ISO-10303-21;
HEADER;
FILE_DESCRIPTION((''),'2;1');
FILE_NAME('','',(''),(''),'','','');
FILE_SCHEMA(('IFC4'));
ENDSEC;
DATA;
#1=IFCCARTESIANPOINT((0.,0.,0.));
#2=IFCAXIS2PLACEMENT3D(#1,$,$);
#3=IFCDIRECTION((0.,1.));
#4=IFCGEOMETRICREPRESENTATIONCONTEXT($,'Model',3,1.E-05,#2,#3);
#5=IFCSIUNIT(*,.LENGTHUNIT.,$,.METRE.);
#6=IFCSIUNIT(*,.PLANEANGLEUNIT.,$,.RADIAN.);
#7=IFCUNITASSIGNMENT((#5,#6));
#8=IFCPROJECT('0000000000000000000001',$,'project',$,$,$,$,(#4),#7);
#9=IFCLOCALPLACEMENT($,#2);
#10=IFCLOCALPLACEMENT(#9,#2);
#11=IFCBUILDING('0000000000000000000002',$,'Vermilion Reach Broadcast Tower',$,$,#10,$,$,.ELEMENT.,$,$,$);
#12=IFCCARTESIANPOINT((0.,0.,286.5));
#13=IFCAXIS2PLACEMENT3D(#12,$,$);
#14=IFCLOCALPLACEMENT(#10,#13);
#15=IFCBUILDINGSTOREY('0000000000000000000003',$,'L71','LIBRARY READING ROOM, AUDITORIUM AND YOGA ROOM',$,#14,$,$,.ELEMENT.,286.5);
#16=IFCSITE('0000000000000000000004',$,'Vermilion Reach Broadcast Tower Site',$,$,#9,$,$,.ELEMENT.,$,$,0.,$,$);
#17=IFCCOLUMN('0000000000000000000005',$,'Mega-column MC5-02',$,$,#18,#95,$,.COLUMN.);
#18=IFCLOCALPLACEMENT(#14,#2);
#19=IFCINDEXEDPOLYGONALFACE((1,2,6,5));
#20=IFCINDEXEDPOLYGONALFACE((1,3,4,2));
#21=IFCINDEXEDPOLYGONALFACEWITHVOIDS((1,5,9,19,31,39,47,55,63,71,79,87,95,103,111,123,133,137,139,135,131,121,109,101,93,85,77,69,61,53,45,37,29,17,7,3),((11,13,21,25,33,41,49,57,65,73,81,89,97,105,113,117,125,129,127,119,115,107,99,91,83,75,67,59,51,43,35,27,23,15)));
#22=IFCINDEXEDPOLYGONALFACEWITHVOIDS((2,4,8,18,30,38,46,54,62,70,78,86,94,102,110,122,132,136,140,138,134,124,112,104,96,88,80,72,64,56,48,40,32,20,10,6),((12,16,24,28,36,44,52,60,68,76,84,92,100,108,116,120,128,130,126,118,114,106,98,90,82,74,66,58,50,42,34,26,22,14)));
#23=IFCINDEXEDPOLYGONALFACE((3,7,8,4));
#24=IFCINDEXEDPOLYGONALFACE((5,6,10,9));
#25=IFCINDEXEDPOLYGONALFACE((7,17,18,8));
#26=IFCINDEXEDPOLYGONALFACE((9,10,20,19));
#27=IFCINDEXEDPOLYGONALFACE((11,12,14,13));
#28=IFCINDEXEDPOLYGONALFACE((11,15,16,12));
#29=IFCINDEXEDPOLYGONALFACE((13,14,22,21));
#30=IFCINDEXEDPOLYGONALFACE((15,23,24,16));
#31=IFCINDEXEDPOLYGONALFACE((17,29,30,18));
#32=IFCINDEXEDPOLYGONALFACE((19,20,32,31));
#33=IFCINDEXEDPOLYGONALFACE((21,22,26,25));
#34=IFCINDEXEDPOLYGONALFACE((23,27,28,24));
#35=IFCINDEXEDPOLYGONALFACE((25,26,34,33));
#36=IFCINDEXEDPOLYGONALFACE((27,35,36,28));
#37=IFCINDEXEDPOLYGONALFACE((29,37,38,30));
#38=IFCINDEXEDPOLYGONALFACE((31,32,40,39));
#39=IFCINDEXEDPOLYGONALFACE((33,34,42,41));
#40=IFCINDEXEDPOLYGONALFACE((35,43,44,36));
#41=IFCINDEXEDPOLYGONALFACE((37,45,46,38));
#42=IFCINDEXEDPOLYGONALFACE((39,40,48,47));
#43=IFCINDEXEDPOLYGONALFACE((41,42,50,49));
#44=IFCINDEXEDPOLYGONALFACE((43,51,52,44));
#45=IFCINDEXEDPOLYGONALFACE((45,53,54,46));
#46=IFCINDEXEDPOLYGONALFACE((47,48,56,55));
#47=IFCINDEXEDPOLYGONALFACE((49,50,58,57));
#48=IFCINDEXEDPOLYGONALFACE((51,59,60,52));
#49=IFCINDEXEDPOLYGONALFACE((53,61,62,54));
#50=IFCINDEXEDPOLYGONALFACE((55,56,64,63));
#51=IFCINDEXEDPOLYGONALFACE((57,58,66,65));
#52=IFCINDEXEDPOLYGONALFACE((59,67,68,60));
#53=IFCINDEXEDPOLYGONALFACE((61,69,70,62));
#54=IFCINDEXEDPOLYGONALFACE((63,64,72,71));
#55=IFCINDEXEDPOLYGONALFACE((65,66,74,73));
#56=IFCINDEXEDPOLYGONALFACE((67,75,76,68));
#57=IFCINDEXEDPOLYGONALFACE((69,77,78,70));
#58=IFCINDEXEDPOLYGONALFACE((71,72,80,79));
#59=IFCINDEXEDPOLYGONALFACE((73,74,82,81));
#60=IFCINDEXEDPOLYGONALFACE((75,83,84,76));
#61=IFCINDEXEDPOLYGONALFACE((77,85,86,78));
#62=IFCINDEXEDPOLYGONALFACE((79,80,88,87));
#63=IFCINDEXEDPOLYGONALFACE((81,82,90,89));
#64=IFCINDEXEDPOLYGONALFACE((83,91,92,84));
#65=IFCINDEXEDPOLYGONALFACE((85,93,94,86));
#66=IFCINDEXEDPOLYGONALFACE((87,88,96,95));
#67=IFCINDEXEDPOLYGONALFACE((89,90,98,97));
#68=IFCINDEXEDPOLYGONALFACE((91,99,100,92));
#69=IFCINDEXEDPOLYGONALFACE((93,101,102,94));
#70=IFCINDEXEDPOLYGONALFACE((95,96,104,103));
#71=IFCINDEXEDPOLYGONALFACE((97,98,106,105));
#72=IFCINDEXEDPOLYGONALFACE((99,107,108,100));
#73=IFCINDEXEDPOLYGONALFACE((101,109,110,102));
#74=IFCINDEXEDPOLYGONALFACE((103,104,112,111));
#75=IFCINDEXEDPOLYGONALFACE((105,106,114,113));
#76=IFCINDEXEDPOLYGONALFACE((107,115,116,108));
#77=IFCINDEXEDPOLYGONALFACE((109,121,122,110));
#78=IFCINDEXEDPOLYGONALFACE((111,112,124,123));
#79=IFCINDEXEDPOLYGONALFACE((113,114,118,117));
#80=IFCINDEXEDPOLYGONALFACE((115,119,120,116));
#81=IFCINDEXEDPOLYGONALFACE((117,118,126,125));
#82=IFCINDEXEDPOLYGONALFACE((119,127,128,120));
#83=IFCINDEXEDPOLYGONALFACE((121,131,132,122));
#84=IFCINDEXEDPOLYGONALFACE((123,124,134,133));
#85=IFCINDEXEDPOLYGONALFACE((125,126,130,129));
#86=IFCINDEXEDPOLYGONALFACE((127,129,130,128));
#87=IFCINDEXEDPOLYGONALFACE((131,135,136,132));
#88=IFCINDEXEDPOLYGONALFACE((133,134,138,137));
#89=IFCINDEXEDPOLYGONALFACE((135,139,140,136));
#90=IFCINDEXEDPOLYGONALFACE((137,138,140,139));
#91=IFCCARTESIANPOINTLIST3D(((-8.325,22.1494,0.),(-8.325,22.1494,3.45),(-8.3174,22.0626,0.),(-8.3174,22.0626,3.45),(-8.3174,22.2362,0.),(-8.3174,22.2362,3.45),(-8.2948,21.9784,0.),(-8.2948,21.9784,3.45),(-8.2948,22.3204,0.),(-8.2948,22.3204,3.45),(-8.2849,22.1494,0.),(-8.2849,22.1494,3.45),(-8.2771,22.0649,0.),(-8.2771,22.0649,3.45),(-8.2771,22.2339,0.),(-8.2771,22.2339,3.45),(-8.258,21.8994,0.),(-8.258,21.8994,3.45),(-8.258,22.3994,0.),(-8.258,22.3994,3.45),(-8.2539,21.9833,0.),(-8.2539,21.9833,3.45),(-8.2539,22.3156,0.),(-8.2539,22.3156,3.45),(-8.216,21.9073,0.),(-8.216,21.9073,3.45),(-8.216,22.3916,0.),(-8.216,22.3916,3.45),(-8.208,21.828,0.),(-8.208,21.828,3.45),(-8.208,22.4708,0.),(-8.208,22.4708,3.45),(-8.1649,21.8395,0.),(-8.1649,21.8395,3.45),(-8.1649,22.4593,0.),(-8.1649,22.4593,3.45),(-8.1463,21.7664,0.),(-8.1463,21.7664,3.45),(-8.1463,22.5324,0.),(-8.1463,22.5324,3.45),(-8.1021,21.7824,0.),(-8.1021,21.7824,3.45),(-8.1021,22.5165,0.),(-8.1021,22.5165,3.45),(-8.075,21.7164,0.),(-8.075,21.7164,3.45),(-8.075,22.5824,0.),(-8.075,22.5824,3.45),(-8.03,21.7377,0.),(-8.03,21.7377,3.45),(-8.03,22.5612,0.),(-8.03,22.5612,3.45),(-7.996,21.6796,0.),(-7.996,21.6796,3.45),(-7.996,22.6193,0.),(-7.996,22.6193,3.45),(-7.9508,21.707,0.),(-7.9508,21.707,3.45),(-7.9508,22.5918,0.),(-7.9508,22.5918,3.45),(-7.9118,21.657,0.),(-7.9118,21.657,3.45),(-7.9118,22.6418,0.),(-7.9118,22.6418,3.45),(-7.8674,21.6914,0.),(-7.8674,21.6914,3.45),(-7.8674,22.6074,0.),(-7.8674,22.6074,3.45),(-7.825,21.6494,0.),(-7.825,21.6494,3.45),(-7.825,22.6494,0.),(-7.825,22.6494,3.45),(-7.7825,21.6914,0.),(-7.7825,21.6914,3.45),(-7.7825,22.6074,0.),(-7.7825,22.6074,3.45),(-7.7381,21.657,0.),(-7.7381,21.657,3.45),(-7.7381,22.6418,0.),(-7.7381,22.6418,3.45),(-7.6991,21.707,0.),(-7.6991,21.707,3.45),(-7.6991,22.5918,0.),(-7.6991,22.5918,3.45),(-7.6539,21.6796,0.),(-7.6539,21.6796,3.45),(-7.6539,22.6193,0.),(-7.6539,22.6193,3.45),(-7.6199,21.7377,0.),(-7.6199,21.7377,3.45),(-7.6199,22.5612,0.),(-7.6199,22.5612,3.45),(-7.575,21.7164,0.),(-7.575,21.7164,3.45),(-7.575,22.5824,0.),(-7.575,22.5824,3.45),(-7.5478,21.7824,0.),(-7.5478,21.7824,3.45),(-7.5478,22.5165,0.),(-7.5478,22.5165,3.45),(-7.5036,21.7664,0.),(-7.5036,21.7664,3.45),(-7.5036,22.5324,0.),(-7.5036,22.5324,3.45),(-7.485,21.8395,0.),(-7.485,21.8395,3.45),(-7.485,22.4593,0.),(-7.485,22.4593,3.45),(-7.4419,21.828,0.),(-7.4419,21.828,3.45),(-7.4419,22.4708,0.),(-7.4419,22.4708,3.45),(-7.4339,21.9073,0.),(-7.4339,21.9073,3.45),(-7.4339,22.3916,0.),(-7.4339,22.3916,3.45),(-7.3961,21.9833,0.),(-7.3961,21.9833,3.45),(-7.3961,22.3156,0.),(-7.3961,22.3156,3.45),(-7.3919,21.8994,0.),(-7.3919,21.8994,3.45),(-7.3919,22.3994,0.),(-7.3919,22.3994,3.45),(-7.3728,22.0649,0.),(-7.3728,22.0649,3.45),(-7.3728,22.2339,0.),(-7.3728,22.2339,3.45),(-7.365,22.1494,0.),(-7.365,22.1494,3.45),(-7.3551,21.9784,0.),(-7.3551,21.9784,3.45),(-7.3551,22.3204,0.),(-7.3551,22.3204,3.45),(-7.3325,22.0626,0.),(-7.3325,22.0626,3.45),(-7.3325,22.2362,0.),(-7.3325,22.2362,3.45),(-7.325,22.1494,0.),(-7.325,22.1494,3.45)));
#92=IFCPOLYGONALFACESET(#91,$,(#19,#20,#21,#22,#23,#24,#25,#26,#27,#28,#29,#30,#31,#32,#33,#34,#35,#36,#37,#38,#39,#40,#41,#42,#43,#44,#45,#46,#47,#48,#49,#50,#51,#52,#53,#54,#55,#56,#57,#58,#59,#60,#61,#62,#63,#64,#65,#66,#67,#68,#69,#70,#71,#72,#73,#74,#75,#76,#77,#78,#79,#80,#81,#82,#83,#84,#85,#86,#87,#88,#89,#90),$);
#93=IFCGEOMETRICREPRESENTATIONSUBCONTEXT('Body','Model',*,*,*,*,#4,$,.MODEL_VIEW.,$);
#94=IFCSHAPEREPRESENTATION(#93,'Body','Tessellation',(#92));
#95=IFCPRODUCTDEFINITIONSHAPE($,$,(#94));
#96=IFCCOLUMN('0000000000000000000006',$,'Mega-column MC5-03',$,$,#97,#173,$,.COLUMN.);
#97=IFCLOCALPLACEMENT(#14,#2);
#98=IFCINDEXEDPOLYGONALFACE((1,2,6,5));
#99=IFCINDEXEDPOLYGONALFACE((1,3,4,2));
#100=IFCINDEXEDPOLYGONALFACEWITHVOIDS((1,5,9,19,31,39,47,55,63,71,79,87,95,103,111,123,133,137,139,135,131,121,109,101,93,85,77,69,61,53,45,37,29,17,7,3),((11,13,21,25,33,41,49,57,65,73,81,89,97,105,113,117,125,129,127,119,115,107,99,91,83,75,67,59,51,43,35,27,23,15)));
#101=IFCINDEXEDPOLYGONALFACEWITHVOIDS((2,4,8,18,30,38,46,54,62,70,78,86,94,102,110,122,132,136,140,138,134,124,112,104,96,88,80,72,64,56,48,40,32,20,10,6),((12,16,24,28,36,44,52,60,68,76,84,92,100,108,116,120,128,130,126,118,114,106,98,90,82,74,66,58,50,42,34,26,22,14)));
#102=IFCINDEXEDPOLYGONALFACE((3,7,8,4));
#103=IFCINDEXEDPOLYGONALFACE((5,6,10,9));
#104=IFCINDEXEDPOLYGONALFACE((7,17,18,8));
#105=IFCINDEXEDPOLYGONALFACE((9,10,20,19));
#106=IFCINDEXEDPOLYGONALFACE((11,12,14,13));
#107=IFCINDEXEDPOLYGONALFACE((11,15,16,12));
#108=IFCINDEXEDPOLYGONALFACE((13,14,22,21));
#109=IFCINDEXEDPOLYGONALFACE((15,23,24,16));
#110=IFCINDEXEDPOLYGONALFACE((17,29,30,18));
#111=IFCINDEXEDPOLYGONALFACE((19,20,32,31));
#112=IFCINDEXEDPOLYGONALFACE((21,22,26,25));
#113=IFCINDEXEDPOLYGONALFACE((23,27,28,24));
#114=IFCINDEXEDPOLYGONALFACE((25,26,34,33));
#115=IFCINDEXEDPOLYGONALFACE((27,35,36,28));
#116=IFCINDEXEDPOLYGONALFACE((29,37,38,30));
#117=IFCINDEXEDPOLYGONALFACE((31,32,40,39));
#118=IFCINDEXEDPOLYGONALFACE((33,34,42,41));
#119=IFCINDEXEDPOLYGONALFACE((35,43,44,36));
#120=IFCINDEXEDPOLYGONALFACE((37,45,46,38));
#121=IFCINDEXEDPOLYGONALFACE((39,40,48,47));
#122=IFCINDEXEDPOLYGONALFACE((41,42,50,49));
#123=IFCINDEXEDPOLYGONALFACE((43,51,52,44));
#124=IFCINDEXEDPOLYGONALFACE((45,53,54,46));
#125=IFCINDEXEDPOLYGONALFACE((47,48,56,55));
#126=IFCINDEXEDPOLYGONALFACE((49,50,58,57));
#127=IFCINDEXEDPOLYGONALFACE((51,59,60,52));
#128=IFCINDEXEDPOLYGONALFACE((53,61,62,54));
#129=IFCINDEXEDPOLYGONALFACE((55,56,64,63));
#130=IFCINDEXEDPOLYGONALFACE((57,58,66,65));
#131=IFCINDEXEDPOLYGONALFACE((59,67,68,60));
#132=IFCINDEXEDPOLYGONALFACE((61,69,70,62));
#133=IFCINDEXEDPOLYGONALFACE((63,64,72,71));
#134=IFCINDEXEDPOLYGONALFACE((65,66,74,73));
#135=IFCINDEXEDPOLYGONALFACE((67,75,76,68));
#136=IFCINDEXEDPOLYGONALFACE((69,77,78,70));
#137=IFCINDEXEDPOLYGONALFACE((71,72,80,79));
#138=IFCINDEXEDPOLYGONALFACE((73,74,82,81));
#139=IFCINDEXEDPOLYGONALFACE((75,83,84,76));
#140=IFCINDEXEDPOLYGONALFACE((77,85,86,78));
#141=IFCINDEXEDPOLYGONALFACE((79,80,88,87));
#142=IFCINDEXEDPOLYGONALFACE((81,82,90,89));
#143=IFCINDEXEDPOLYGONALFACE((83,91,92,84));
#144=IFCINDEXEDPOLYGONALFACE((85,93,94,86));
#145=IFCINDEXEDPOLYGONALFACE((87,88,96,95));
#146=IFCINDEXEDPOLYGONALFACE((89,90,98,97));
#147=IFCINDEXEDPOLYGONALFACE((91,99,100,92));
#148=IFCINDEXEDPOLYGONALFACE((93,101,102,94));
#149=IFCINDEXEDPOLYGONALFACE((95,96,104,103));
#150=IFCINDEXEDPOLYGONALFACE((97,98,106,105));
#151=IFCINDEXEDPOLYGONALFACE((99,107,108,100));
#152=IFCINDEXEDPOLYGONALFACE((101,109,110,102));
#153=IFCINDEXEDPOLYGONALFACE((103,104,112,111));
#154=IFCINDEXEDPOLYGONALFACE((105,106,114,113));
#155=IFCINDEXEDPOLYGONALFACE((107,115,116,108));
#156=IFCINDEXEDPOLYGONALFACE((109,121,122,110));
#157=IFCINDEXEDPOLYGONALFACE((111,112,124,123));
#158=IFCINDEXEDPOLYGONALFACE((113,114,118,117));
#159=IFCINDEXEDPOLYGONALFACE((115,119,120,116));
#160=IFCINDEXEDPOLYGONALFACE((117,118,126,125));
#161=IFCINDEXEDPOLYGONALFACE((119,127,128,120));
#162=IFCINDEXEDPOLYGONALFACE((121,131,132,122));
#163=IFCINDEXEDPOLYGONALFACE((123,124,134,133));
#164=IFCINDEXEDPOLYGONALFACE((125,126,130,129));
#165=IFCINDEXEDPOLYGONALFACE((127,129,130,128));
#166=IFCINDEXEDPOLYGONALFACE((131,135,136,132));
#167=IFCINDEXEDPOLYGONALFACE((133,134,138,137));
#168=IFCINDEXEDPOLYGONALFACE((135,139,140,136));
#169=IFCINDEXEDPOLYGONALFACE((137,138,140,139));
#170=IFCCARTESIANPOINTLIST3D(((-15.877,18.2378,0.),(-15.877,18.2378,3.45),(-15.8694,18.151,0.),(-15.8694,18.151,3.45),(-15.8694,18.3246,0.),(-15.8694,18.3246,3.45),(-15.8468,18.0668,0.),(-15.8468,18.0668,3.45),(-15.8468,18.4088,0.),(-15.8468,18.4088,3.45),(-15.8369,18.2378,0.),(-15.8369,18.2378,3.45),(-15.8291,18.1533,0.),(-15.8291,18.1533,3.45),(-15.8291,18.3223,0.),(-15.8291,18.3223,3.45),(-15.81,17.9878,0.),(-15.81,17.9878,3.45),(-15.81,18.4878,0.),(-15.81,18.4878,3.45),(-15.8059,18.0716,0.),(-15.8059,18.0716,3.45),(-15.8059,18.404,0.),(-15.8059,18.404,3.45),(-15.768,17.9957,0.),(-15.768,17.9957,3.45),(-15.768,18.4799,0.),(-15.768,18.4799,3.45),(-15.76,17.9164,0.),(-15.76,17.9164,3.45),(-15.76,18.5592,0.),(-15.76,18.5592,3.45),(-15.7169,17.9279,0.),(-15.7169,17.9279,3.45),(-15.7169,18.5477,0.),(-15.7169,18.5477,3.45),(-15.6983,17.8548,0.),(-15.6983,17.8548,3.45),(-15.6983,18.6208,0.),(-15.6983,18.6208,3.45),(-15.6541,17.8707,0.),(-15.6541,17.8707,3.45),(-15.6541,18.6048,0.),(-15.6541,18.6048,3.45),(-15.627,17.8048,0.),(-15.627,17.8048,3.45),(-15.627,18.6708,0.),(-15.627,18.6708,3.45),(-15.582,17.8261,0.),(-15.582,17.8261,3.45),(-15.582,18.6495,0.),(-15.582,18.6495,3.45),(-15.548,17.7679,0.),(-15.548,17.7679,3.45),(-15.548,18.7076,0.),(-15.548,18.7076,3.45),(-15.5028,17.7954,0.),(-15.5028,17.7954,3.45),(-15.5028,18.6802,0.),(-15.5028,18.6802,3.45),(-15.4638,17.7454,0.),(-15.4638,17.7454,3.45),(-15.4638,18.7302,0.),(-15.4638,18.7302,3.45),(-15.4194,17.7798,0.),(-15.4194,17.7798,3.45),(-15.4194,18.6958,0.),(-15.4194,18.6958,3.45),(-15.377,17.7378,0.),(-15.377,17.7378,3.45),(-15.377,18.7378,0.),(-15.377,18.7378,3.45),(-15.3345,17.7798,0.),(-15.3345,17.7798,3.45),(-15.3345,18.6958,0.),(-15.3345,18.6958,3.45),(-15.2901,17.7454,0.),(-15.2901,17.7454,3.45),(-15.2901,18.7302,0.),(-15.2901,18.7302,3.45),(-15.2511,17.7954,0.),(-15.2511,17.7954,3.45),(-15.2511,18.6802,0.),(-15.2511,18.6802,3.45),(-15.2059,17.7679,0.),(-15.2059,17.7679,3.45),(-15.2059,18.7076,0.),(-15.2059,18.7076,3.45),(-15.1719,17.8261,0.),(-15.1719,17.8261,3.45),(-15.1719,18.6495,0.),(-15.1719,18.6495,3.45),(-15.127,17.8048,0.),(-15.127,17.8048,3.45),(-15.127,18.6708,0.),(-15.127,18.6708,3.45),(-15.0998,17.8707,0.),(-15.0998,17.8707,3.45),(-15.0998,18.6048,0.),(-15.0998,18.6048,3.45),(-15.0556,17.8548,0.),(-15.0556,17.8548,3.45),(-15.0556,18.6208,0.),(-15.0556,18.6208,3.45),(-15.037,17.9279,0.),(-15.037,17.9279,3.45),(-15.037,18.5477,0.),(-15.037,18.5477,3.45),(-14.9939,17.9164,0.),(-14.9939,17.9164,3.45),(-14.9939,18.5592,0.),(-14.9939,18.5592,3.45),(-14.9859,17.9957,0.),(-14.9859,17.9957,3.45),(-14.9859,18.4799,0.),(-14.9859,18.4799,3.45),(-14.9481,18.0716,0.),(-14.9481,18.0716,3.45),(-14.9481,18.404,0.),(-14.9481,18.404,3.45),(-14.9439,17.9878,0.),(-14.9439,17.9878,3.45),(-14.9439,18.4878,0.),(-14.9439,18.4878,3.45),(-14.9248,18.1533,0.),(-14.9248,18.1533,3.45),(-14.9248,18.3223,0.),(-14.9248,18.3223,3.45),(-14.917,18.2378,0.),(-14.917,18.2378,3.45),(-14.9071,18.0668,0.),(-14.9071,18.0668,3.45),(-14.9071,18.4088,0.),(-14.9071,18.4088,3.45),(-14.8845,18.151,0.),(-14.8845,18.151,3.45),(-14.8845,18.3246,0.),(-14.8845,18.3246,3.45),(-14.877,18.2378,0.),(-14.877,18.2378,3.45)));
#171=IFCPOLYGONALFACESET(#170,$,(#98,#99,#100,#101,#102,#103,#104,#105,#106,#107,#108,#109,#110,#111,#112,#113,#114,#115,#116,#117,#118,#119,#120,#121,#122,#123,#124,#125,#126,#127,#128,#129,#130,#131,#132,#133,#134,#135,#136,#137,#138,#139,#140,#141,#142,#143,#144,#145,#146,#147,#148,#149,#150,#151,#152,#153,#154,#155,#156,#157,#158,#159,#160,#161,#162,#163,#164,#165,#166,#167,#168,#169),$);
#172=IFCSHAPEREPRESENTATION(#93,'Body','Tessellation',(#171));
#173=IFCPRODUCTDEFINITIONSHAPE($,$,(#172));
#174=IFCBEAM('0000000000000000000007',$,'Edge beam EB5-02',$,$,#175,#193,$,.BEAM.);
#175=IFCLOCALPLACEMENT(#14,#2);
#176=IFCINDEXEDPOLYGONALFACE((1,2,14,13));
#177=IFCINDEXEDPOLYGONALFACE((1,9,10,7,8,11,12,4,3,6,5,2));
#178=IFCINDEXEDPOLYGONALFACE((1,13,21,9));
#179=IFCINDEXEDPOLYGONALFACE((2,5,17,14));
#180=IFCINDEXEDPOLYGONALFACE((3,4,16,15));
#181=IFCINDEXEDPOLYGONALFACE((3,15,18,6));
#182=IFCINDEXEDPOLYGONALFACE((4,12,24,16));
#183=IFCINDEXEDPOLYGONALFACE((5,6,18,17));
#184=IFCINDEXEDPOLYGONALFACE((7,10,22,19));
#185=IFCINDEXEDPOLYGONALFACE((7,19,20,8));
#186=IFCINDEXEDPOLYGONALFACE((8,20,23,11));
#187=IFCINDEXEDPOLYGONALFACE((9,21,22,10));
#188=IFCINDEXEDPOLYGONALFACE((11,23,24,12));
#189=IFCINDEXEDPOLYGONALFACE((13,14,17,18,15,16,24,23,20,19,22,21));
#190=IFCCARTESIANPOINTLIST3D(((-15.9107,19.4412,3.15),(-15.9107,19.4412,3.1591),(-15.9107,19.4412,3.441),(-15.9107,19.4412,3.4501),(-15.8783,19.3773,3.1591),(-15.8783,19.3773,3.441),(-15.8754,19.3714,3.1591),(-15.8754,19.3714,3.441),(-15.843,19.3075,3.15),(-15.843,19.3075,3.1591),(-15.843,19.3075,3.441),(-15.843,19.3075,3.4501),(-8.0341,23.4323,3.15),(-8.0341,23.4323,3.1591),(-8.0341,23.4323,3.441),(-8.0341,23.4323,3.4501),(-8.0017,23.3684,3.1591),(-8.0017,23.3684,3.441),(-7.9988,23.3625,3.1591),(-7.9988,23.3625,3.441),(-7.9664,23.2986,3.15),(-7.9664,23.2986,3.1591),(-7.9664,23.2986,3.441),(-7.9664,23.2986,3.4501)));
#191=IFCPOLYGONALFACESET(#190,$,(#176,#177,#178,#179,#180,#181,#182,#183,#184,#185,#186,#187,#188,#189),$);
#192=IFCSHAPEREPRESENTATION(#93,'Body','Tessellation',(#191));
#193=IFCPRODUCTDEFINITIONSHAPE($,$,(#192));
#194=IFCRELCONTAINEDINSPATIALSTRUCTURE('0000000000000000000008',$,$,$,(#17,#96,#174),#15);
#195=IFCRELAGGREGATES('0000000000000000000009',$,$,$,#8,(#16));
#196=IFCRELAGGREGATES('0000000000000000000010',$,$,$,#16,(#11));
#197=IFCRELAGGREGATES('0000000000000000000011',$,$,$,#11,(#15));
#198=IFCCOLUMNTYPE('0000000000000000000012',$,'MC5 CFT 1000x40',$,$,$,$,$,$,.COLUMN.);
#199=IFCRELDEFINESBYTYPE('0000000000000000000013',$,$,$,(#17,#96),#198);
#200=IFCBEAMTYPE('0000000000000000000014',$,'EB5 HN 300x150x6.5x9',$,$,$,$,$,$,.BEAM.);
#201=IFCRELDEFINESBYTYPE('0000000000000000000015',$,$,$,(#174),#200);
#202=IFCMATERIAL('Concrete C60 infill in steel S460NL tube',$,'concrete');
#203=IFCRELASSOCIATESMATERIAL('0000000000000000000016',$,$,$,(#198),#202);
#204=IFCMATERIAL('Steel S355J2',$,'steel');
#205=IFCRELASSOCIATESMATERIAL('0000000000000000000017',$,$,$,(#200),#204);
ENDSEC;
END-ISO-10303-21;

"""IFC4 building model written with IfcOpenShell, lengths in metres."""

from ifc_helpers import new_model, si_unit, direction, frame, origin, origin_2d, place, context, subcontext, project, spatial, hollow_circle, i_section, extrude, material, material_profile, profile_set, type_object, element, save


model = new_model("IFC4")

# Units and contexts
model_context = context("Model", 3, precision=1e-05, world=origin(), true_north=direction((0.0, 1.0)))
body_context = subcontext(model_context, "Body", "Model", "MODEL_VIEW")
ifc_project = project(units=[si_unit("LENGTHUNIT", "METRE"), si_unit("PLANEANGLEUNIT", "RADIAN")], contexts=[model_context])

# Site, building, storey
site_placement = place(None, origin())
site = spatial("IfcSite", under=ifc_project, at=site_placement, Name="Vermilion Reach Broadcast Tower Site", CompositionType="ELEMENT", RefElevation=0.0)
building_placement = place(site_placement, origin())
building = spatial("IfcBuilding", under=site, at=building_placement, Name="Vermilion Reach Broadcast Tower", CompositionType="ELEMENT")
storey_placement = place(building_placement, frame((0.0, 0.0, 286.5)))
storey = spatial("IfcBuildingStorey", under=building, at=storey_placement, Name="L71", Description="LIBRARY READING ROOM, AUDITORIUM AND YOGA ROOM", CompositionType="ELEMENT", Elevation=286.5)

# Columns
ifc_material_1 = material(Name="Concrete C60 infill in steel S460NL tube", Category="concrete")
ifc_material_profile_1 = material_profile(ifc_material_1, hollow_circle(Radius=0.5, WallThickness=0.04, at=origin_2d()), Name="Concrete C60 infill in steel S460NL tube CFT 1000x40")
ifc_profile_set_1 = profile_set([ifc_material_profile_1], Name="Concrete C60 infill in steel S460NL tube")
column_type = type_object("IfcColumnType", Name="MC5 CFT 1000x40", PredefinedType="COLUMN", material=ifc_profile_set_1)
for number, where, z_axis, x_axis, name in (
    (1, (-7.825, 22.1494, 0.0), (0.0, 0.0, 1.0), (1.0, 0.0, 0.0), "Mega-column MC5-02"),
    (2, (-15.377, 18.2378, 0.0), (0.0, 0.0, 1.0), (1.0, 0.0, 0.0), "Mega-column MC5-03"),
):
    element("IfcColumn", number, at=place(storey_placement, frame(where, z_axis=z_axis, x_axis=x_axis)), inside=storey, type_object=column_type, Name=name, PredefinedType="COLUMN", context=body_context, shape_type="SweptSolid", body=[
        extrude(hollow_circle(Radius=0.5, WallThickness=0.04, at=origin_2d()), origin(), (0.0, 0.0, 1.0), 3.45),
    ])

# Beam
ifc_material_2 = material(Name="Steel S355J2", Category="steel")
ifc_material_profile_2 = material_profile(ifc_material_2, i_section(OverallWidth=0.1499, OverallDepth=0.3, WebThickness=0.0066, FlangeThickness=0.009, at=origin_2d()), Name="S355J2 HN 300x150x6.5x9")
ifc_profile_set_2 = profile_set([ifc_material_profile_2], Name="Steel S355J2")
beam_type_1 = type_object("IfcBeamType", Name="EB5 HN 300x150x6.5x9", PredefinedType="BEAM", material=ifc_profile_set_2)
beam_1_placement = place(storey_placement, frame((-8.0002, 23.3655, 3.3), z_axis=(-0.89202, -0.451996, 0.0), x_axis=(0.451996, -0.89202, 0.0)))
element("IfcBeam", 3, at=beam_1_placement, inside=storey, type_object=beam_type_1, Name="Edge beam EB5-02", PredefinedType="BEAM", context=body_context, shape_type="SweptSolid", body=[
    extrude(i_section(OverallWidth=0.1499, OverallDepth=0.3, WebThickness=0.0066, FlangeThickness=0.009, at=origin_2d()), origin(), (0.0, 0.0, 1.0), 8.8301),
])

save(model, "model.ifc")
